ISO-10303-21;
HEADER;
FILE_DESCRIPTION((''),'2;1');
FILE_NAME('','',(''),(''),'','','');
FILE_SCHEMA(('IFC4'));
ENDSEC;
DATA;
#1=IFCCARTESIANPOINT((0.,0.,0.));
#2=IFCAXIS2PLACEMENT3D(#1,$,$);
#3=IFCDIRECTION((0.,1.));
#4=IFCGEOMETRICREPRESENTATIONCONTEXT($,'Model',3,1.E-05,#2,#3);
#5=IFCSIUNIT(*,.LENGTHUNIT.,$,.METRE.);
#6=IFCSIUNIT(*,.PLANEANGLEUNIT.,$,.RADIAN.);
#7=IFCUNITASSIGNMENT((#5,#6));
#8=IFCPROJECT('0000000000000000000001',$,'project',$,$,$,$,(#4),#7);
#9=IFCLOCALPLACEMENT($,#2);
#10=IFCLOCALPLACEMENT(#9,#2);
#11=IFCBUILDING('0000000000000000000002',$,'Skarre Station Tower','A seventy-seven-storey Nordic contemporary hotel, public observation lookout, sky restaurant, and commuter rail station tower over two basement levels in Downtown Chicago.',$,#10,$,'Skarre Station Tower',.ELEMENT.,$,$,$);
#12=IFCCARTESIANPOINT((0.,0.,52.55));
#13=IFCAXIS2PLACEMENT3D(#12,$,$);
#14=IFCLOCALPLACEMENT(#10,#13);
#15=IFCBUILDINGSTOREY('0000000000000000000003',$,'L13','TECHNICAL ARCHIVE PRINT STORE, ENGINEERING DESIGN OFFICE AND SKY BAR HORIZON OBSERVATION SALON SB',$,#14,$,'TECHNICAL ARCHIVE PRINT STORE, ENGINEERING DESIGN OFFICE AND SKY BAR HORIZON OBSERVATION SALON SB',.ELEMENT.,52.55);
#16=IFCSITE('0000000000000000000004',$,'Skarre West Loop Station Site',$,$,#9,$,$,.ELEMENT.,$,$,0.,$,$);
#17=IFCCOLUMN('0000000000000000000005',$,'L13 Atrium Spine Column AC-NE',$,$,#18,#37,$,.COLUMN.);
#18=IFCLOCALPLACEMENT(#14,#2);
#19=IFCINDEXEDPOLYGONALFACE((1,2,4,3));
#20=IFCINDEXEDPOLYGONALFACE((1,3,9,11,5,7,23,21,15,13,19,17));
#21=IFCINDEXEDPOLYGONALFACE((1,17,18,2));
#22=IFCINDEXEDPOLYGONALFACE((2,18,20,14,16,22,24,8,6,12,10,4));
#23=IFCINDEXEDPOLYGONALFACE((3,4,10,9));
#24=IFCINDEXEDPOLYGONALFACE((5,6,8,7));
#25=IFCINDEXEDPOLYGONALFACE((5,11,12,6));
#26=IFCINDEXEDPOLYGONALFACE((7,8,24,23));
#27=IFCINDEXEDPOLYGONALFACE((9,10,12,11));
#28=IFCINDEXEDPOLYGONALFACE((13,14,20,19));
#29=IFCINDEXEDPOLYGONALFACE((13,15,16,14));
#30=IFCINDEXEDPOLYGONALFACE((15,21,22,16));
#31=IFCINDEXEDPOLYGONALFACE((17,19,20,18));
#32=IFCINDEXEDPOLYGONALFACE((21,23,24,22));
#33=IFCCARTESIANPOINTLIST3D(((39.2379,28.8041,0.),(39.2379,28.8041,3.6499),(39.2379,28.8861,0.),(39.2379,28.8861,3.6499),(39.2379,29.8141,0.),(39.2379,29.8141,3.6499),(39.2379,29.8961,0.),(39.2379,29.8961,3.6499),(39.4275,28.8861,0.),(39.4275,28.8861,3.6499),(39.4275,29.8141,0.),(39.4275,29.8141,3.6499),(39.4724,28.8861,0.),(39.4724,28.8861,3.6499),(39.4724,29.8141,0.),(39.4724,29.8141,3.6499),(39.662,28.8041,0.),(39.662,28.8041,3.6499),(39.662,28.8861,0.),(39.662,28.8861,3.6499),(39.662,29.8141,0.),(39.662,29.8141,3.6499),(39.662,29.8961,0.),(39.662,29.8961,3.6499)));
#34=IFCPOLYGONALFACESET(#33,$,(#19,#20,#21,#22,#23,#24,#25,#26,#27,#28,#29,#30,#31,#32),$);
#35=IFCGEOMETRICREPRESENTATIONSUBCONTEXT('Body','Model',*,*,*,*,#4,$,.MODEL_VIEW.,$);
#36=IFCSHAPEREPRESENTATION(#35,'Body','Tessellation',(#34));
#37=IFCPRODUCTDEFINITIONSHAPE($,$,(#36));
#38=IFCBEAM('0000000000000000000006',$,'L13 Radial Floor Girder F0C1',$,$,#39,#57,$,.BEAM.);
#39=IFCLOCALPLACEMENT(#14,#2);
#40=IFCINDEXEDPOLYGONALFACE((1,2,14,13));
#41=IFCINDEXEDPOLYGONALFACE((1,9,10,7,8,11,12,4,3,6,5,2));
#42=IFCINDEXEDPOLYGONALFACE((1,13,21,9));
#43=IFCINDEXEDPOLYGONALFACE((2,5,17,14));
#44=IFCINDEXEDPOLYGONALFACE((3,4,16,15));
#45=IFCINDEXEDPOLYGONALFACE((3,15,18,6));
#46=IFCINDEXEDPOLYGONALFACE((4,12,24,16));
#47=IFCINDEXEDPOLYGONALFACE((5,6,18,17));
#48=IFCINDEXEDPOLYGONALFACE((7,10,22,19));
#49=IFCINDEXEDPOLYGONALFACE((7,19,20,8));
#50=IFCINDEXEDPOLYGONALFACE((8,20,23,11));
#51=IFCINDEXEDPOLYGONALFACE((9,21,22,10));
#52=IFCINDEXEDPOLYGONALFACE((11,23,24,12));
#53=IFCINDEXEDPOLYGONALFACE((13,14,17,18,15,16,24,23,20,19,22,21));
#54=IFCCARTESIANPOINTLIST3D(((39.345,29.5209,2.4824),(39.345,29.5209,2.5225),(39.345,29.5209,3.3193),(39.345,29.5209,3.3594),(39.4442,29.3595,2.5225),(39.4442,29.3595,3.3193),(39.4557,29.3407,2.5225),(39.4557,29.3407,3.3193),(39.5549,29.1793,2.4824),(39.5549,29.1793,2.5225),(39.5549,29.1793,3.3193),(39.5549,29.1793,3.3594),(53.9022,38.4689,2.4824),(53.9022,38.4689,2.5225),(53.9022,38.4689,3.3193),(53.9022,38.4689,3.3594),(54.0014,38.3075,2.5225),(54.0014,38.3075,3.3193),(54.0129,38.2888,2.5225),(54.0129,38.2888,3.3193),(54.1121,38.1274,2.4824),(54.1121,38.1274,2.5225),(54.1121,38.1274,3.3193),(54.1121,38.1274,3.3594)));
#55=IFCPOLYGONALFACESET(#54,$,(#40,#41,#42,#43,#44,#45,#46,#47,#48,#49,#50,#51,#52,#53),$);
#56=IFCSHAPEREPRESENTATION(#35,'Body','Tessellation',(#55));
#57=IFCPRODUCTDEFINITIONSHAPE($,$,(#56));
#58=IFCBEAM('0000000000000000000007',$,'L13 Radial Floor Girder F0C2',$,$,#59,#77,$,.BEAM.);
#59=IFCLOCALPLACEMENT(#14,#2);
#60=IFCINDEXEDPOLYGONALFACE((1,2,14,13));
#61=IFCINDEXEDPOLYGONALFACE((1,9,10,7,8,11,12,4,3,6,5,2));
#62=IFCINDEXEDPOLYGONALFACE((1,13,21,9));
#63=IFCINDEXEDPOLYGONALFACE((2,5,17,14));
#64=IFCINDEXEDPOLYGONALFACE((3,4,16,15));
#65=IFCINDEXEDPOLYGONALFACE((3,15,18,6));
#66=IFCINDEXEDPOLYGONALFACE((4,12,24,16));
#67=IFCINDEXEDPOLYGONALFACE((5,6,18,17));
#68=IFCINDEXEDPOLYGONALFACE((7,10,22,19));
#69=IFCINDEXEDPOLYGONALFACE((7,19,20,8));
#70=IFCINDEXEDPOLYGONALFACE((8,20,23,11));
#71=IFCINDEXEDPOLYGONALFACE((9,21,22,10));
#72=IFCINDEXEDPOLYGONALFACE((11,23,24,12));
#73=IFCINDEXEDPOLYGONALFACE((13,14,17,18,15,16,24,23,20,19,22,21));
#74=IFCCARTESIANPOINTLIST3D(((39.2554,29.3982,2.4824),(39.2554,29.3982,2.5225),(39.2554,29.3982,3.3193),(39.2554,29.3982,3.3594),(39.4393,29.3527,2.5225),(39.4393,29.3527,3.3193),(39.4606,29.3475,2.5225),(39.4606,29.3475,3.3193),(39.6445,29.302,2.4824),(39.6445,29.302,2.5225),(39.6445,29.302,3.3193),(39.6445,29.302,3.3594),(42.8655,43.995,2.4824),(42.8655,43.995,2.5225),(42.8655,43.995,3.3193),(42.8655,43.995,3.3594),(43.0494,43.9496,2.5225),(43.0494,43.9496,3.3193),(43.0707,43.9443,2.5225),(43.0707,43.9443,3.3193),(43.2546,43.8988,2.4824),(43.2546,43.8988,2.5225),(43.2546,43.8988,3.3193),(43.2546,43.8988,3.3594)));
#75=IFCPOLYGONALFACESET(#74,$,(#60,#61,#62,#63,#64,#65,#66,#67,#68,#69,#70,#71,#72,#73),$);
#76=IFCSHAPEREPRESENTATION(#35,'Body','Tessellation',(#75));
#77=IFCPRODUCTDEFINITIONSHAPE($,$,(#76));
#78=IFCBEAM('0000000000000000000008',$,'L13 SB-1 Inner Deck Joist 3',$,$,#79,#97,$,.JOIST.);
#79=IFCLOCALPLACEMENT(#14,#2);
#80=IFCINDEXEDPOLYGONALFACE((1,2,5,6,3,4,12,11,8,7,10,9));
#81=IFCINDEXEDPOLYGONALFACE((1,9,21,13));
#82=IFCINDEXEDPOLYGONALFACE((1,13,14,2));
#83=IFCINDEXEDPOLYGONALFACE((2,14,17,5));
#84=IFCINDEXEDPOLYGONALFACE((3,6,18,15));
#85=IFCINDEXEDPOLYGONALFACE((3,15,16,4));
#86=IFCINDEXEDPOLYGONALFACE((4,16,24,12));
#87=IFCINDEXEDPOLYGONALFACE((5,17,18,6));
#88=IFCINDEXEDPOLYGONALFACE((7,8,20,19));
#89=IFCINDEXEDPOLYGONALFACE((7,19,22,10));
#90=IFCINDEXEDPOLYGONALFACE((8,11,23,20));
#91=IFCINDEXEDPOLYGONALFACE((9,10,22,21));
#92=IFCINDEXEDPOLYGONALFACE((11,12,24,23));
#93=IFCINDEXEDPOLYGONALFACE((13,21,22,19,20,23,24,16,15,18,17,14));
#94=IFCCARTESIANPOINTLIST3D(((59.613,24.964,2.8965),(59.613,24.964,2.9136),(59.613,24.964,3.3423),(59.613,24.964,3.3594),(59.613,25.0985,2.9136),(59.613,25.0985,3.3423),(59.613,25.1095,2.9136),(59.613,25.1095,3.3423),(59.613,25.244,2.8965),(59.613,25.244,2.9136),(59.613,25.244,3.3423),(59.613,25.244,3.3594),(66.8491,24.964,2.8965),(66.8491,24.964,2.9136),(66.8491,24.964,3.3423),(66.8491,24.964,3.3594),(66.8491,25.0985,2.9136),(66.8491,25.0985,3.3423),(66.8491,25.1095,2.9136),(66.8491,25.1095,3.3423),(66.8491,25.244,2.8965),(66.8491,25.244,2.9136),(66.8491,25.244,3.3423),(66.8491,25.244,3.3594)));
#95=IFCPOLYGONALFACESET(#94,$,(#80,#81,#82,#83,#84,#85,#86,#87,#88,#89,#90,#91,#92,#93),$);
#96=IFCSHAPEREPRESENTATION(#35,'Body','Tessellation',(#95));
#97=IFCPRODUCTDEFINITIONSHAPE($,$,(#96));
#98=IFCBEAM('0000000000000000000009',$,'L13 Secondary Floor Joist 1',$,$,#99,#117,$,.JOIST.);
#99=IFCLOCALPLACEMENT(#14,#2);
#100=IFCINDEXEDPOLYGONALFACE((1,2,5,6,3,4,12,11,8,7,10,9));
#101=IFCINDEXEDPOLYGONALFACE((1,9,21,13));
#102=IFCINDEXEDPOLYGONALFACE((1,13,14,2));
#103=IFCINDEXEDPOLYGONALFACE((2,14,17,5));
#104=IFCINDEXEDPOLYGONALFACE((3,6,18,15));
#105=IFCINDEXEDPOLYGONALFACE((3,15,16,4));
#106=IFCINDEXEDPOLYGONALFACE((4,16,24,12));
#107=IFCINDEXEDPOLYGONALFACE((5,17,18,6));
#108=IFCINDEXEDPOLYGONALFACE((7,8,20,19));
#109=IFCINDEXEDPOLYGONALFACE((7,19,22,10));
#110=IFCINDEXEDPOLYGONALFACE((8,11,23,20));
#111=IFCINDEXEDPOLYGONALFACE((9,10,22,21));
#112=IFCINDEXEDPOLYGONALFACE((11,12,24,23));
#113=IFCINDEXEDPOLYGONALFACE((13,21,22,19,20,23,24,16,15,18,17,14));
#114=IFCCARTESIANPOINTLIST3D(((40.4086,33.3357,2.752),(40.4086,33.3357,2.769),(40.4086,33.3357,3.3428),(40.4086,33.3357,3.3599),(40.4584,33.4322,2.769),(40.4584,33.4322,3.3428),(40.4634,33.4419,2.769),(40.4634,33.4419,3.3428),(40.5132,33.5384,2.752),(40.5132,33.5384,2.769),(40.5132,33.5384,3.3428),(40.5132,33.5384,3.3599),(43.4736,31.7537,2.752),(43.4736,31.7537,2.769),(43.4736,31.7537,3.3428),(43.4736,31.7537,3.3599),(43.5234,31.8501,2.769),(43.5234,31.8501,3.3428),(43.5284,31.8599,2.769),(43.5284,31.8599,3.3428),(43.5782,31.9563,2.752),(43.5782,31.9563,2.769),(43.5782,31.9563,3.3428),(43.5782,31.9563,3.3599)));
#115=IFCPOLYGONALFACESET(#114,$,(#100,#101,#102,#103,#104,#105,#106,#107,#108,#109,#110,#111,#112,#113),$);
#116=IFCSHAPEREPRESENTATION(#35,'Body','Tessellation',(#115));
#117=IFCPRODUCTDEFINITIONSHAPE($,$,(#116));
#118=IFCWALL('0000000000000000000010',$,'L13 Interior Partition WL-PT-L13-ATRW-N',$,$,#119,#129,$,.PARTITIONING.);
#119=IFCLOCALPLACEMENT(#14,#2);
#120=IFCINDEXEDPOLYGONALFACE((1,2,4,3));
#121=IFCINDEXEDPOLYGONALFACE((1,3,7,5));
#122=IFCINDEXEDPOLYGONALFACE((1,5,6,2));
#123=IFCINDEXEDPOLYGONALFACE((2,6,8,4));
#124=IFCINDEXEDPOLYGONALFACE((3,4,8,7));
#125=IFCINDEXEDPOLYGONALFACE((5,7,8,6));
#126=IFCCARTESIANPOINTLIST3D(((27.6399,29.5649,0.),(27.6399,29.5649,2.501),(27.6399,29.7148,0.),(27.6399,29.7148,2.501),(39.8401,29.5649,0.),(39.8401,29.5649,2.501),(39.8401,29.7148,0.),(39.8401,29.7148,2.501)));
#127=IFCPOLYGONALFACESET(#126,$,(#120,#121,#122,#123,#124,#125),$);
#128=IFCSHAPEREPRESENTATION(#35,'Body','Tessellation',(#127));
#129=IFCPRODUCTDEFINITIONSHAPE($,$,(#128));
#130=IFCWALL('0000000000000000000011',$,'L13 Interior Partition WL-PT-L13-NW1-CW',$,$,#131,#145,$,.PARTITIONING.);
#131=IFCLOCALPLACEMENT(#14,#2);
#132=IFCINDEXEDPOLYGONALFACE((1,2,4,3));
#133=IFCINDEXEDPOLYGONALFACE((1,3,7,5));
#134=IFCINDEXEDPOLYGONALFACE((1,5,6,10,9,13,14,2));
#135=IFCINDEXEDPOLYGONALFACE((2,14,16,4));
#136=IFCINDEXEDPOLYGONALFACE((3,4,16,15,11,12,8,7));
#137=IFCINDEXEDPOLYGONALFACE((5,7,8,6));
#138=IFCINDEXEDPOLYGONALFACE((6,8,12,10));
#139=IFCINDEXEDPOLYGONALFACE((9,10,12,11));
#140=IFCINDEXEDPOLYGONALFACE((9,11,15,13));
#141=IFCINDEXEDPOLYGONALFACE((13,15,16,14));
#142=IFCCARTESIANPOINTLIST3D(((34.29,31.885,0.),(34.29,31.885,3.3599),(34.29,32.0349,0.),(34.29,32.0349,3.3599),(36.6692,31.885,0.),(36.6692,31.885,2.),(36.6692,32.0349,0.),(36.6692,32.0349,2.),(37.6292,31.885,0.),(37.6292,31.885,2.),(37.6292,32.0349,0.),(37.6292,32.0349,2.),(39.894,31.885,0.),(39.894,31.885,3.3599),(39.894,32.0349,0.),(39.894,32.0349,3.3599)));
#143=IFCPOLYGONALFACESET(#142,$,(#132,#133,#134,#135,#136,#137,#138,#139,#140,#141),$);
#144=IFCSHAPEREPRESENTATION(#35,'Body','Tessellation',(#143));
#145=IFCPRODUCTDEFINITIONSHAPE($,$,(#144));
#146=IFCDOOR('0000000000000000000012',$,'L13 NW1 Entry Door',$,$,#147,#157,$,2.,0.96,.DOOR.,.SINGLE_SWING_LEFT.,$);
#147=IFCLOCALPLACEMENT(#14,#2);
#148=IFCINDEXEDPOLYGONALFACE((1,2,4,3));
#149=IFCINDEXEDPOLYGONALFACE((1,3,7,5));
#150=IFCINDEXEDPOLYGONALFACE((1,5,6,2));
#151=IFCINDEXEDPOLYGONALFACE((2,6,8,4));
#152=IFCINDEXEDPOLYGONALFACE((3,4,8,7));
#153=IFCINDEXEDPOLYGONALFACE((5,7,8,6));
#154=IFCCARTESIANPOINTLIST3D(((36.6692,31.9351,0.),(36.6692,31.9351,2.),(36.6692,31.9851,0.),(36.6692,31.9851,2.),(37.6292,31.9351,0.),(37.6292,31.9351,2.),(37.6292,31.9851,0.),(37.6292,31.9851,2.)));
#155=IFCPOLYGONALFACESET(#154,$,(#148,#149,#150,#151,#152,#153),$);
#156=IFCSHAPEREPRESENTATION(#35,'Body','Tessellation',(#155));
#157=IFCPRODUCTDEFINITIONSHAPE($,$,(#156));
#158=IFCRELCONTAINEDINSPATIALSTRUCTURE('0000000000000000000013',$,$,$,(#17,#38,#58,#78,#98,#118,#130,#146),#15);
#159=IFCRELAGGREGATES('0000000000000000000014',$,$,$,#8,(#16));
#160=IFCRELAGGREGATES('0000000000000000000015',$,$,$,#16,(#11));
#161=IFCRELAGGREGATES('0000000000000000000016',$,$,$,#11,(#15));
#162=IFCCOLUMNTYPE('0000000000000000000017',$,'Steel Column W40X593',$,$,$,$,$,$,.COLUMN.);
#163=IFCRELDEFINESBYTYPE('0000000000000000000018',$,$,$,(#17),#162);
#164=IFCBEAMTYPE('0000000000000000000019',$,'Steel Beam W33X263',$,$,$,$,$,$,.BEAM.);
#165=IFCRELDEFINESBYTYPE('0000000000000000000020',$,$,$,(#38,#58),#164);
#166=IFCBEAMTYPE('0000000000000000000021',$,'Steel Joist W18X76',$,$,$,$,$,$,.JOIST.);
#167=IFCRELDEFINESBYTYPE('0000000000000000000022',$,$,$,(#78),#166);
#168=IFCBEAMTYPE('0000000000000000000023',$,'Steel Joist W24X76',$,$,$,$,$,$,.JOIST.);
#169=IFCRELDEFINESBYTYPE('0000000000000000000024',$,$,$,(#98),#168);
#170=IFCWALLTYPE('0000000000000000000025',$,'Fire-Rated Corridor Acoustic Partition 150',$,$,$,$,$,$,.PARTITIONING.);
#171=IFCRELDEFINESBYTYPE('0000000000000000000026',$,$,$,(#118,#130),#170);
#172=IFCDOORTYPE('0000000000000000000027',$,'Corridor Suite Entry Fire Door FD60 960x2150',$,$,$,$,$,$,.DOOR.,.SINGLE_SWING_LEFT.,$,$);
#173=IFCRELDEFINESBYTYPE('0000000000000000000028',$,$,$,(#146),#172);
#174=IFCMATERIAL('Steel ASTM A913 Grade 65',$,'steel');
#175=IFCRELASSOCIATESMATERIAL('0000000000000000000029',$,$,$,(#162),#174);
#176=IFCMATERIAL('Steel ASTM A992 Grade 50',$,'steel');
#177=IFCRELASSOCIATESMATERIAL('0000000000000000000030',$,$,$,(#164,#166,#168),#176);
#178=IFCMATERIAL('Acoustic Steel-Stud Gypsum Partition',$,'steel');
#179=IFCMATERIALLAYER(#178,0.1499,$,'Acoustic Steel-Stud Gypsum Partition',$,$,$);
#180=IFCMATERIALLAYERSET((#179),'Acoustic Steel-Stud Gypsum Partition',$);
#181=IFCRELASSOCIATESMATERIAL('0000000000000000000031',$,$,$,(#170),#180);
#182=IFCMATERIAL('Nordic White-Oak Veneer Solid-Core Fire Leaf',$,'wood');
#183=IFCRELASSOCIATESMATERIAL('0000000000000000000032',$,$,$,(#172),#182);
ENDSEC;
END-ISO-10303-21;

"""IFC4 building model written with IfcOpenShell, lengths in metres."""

from ifc_helpers import new_model, si_unit, direction, frame, frame_2d, origin, origin_2d, place, context, subcontext, project, spatial, rectangle, i_section, extrude, material, layer, layer_set, material_profile, profile_set, type_object, element, fill, save


model = new_model("IFC4")

# Units and contexts
model_context = context("Model", 3, precision=1e-05, world=origin(), true_north=direction((0.0, 1.0)))
body_context = subcontext(model_context, "Body", "Model", "MODEL_VIEW")
ifc_project = project(units=[si_unit("LENGTHUNIT", "METRE"), si_unit("PLANEANGLEUNIT", "RADIAN")], contexts=[model_context])

# Site, building, storey
site_placement = place(None, origin())
site = spatial("IfcSite", under=ifc_project, at=site_placement, Name="Skarre West Loop Station Site", CompositionType="ELEMENT", RefElevation=0.0)
building_placement = place(site_placement, origin())
building = spatial("IfcBuilding", under=site, at=building_placement, Name="Skarre Station Tower", Description="A seventy-seven-storey Nordic contemporary hotel, public observation lookout, sky restaurant, and commuter rail station tower over two basement levels in Downtown Chicago.", LongName="Skarre Station Tower", CompositionType="ELEMENT")
storey_placement = place(building_placement, frame((0.0, 0.0, 52.55)))
storey = spatial("IfcBuildingStorey", under=building, at=storey_placement, Name="L13", Description="TECHNICAL ARCHIVE PRINT STORE, ENGINEERING DESIGN OFFICE AND SKY BAR HORIZON OBSERVATION SALON SB", LongName="TECHNICAL ARCHIVE PRINT STORE, ENGINEERING DESIGN OFFICE AND SKY BAR HORIZON OBSERVATION SALON SB", CompositionType="ELEMENT", Elevation=52.55)

# Column
ifc_material_1 = material(Name="Steel ASTM A913 Grade 65", Category="steel")
ifc_material_profile_1 = material_profile(ifc_material_1, i_section(OverallWidth=0.4241, OverallDepth=1.092, WebThickness=0.0449, FlangeThickness=0.082, at=origin_2d()), Name="Steel ASTM A913 Grade 65")
ifc_profile_set_1 = profile_set([ifc_material_profile_1], Name="Steel ASTM A913 Grade 65")
column_type = type_object("IfcColumnType", Name="Steel Column W40X593", PredefinedType="COLUMN", material=ifc_profile_set_1)
column_placement = place(storey_placement, frame((39.45, 29.3501, 0.0), z_axis=(0.0, 0.0, 1.0), x_axis=(1.0, 0.0, 0.0)))
element("IfcColumn", 1, at=column_placement, inside=storey, type_object=column_type, Name="L13 Atrium Spine Column AC-NE", PredefinedType="COLUMN", context=body_context, shape_type="SweptSolid", body=[
    extrude(i_section(OverallWidth=0.4241, OverallDepth=1.092, WebThickness=0.0449, FlangeThickness=0.082, at=origin_2d()), origin(), (0.0, 0.0, 1.0), 3.6499),
])

# Beams
ifc_material_2 = material(Name="Steel ASTM A992 Grade 50", Category="steel")
ifc_material_profile_2 = material_profile(ifc_material_2, i_section(OverallWidth=0.4009, OverallDepth=0.877, WebThickness=0.022, FlangeThickness=0.04, at=origin_2d()), Name="Steel ASTM A992 Grade 50")
ifc_profile_set_2 = profile_set([ifc_material_profile_2], Name="Steel ASTM A992 Grade 50")
beam_type_1 = type_object("IfcBeamType", Name="Steel Beam W33X263", PredefinedType="BEAM", material=ifc_profile_set_2)
beam_1_placement = place(storey_placement, frame((39.45, 29.3501, 2.9209), z_axis=(0.851926, 0.523663, 0.0), x_axis=(-0.523663, 0.851926, 0.0)))
element("IfcBeam", 2, at=beam_1_placement, inside=storey, type_object=beam_type_1, Name="L13 Radial Floor Girder F0C1", PredefinedType="BEAM", context=body_context, shape_type="SweptSolid", body=[
    extrude(i_section(OverallWidth=0.4009, OverallDepth=0.877, WebThickness=0.022, FlangeThickness=0.04, at=origin_2d()), origin(), (0.0, 0.0, 1.0), 17.0874),
])
beam_2_placement = place(storey_placement, frame((39.45, 29.3501, 2.9209), z_axis=(0.240086, 0.970752, 0.0), x_axis=(-0.970752, 0.240086, 0.0)))
element("IfcBeam", 3, at=beam_2_placement, inside=storey, type_object=beam_type_1, Name="L13 Radial Floor Girder F0C2", PredefinedType="BEAM", context=body_context, shape_type="SweptSolid", body=[
    extrude(i_section(OverallWidth=0.4009, OverallDepth=0.877, WebThickness=0.022, FlangeThickness=0.04, at=origin_2d()), origin(), (0.0, 0.0, 1.0), 15.0366),
])
ifc_material_profile_3 = material_profile(ifc_material_2, i_section(OverallWidth=0.28, OverallDepth=0.4629, WebThickness=0.011, FlangeThickness=0.0171, at=origin_2d()), Name="Steel ASTM A992 Grade 50")
ifc_profile_set_3 = profile_set([ifc_material_profile_3], Name="Steel ASTM A992 Grade 50")
beam_type_2 = type_object("IfcBeamType", Name="Steel Joist W18X76", PredefinedType="JOIST", material=ifc_profile_set_3)
beam_3_placement = place(storey_placement, frame((59.613, 25.104, 3.1279), z_axis=(1.0, 0.0, 0.0), x_axis=(0.0, 1.0, 0.0)))
element("IfcBeam", 4, at=beam_3_placement, inside=storey, type_object=beam_type_2, Name="L13 SB-1 Inner Deck Joist 3", PredefinedType="JOIST", context=body_context, shape_type="SweptSolid", body=[
    extrude(i_section(OverallWidth=0.28, OverallDepth=0.4629, WebThickness=0.011, FlangeThickness=0.0171, at=origin_2d()), origin(), (0.0, 0.0, 1.0), 7.2361),
])
ifc_material_profile_4 = material_profile(ifc_material_2, i_section(OverallWidth=0.228, OverallDepth=0.6079, WebThickness=0.011, FlangeThickness=0.0171, at=origin_2d()), Name="Steel ASTM A992 Grade 50")
ifc_profile_set_4 = profile_set([ifc_material_profile_4], Name="Steel ASTM A992 Grade 50")
beam_type_3 = type_object("IfcBeamType", Name="Steel Joist W24X76", PredefinedType="JOIST", material=ifc_profile_set_4)
beam_4_placement = place(storey_placement, frame((43.5259, 31.855, 3.0559), z_axis=(-0.888606, 0.458672, 0.0), x_axis=(-0.458672, -0.888606, 0.0)))
element("IfcBeam", 5, at=beam_4_placement, inside=storey, type_object=beam_type_3, Name="L13 Secondary Floor Joist 1", PredefinedType="JOIST", context=body_context, shape_type="SweptSolid", body=[
    extrude(i_section(OverallWidth=0.228, OverallDepth=0.6079, WebThickness=0.011, FlangeThickness=0.0171, at=origin_2d()), origin(), (0.0, 0.0, 1.0), 3.4492),
])

# Wall
ifc_material_3 = material(Name="Acoustic Steel-Stud Gypsum Partition", Category="steel")
ifc_layer_1 = layer(ifc_material_3, 0.1499, Name="Acoustic Steel-Stud Gypsum Partition")
ifc_layer_set_1 = layer_set([ifc_layer_1], Name="Acoustic Steel-Stud Gypsum Partition")
wall_type_1 = type_object("IfcWallType", Name="Fire-Rated Corridor Acoustic Partition 150", PredefinedType="PARTITIONING", material=ifc_layer_set_1)
wall_1_placement = place(storey_placement, frame((39.8401, 29.6399, 0.0), z_axis=(0.0, 0.0, 1.0), x_axis=(-1.0, 0.0, 0.0)))
element("IfcWall", 6, at=wall_1_placement, inside=storey, type_object=wall_type_1, Name="L13 Interior Partition WL-PT-L13-ATRW-N", PredefinedType="PARTITIONING", context=body_context, shape_type="SweptSolid", body=[
    extrude(rectangle(XDim=12.2002, YDim=0.1499, at=frame_2d((6.1001, 0.0))), origin(), (0.0, 0.0, 1.0), 2.501),
])

# Wall, opening, door
wall_2_placement = place(storey_placement, frame((39.894, 31.96, 0.0), z_axis=(0.0, 0.0, 1.0), x_axis=(-1.0, 0.0, 0.0)))
wall_2 = element("IfcWall", 7, at=wall_2_placement, inside=storey, type_object=wall_type_1, Name="L13 Interior Partition WL-PT-L13-NW1-CW", PredefinedType="PARTITIONING", context=body_context, shape_type="SweptSolid", body=[
    extrude(rectangle(XDim=5.604, YDim=0.1499, at=frame_2d((2.802, 0.0))), origin(), (0.0, 0.0, 1.0), 3.3599),
])
opening_1_placement = place(wall_2_placement, frame((2.2649, 0.0, 0.0)))
opening_1 = element("IfcOpeningElement", 8, at=opening_1_placement, cuts=wall_2, PredefinedType="OPENING", context=body_context, shape_type="SweptSolid", body=[
    extrude(rectangle(XDim=0.96, YDim=2.0, at=frame_2d((0.48, 1.0))), frame((0.0, 0.085, 0.0), z_axis=(0.0, -1.0, 0.0), x_axis=(1.0, 0.0, 0.0)), (0.0, 0.0, 1.0), 0.1699),
])
ifc_material_4 = material(Name="Nordic White-Oak Veneer Solid-Core Fire Leaf", Category="wood")
door_type = type_object("IfcDoorType", Name="Corridor Suite Entry Fire Door FD60 960x2150", OperationType="SINGLE_SWING_LEFT", PredefinedType="DOOR", material=ifc_material_4)
door_1_placement = place(opening_1_placement, origin())
door_1 = element("IfcDoor", 9, at=door_1_placement, inside=storey, type_object=door_type, Name="L13 NW1 Entry Door", OperationType="SINGLE_SWING_LEFT", OverallHeight=2.0, OverallWidth=0.96, PredefinedType="DOOR", context=body_context, shape_type="SweptSolid", body=[
    extrude(rectangle(XDim=0.96, YDim=2.0, at=frame_2d((0.48, 1.0))), frame((0.0, 0.0249, 0.0), z_axis=(0.0, -1.0, 0.0), x_axis=(1.0, 0.0, 0.0)), (0.0, 0.0, 1.0), 0.05),
])
fill(opening_1, door_1)

save(model, "model.ifc")
